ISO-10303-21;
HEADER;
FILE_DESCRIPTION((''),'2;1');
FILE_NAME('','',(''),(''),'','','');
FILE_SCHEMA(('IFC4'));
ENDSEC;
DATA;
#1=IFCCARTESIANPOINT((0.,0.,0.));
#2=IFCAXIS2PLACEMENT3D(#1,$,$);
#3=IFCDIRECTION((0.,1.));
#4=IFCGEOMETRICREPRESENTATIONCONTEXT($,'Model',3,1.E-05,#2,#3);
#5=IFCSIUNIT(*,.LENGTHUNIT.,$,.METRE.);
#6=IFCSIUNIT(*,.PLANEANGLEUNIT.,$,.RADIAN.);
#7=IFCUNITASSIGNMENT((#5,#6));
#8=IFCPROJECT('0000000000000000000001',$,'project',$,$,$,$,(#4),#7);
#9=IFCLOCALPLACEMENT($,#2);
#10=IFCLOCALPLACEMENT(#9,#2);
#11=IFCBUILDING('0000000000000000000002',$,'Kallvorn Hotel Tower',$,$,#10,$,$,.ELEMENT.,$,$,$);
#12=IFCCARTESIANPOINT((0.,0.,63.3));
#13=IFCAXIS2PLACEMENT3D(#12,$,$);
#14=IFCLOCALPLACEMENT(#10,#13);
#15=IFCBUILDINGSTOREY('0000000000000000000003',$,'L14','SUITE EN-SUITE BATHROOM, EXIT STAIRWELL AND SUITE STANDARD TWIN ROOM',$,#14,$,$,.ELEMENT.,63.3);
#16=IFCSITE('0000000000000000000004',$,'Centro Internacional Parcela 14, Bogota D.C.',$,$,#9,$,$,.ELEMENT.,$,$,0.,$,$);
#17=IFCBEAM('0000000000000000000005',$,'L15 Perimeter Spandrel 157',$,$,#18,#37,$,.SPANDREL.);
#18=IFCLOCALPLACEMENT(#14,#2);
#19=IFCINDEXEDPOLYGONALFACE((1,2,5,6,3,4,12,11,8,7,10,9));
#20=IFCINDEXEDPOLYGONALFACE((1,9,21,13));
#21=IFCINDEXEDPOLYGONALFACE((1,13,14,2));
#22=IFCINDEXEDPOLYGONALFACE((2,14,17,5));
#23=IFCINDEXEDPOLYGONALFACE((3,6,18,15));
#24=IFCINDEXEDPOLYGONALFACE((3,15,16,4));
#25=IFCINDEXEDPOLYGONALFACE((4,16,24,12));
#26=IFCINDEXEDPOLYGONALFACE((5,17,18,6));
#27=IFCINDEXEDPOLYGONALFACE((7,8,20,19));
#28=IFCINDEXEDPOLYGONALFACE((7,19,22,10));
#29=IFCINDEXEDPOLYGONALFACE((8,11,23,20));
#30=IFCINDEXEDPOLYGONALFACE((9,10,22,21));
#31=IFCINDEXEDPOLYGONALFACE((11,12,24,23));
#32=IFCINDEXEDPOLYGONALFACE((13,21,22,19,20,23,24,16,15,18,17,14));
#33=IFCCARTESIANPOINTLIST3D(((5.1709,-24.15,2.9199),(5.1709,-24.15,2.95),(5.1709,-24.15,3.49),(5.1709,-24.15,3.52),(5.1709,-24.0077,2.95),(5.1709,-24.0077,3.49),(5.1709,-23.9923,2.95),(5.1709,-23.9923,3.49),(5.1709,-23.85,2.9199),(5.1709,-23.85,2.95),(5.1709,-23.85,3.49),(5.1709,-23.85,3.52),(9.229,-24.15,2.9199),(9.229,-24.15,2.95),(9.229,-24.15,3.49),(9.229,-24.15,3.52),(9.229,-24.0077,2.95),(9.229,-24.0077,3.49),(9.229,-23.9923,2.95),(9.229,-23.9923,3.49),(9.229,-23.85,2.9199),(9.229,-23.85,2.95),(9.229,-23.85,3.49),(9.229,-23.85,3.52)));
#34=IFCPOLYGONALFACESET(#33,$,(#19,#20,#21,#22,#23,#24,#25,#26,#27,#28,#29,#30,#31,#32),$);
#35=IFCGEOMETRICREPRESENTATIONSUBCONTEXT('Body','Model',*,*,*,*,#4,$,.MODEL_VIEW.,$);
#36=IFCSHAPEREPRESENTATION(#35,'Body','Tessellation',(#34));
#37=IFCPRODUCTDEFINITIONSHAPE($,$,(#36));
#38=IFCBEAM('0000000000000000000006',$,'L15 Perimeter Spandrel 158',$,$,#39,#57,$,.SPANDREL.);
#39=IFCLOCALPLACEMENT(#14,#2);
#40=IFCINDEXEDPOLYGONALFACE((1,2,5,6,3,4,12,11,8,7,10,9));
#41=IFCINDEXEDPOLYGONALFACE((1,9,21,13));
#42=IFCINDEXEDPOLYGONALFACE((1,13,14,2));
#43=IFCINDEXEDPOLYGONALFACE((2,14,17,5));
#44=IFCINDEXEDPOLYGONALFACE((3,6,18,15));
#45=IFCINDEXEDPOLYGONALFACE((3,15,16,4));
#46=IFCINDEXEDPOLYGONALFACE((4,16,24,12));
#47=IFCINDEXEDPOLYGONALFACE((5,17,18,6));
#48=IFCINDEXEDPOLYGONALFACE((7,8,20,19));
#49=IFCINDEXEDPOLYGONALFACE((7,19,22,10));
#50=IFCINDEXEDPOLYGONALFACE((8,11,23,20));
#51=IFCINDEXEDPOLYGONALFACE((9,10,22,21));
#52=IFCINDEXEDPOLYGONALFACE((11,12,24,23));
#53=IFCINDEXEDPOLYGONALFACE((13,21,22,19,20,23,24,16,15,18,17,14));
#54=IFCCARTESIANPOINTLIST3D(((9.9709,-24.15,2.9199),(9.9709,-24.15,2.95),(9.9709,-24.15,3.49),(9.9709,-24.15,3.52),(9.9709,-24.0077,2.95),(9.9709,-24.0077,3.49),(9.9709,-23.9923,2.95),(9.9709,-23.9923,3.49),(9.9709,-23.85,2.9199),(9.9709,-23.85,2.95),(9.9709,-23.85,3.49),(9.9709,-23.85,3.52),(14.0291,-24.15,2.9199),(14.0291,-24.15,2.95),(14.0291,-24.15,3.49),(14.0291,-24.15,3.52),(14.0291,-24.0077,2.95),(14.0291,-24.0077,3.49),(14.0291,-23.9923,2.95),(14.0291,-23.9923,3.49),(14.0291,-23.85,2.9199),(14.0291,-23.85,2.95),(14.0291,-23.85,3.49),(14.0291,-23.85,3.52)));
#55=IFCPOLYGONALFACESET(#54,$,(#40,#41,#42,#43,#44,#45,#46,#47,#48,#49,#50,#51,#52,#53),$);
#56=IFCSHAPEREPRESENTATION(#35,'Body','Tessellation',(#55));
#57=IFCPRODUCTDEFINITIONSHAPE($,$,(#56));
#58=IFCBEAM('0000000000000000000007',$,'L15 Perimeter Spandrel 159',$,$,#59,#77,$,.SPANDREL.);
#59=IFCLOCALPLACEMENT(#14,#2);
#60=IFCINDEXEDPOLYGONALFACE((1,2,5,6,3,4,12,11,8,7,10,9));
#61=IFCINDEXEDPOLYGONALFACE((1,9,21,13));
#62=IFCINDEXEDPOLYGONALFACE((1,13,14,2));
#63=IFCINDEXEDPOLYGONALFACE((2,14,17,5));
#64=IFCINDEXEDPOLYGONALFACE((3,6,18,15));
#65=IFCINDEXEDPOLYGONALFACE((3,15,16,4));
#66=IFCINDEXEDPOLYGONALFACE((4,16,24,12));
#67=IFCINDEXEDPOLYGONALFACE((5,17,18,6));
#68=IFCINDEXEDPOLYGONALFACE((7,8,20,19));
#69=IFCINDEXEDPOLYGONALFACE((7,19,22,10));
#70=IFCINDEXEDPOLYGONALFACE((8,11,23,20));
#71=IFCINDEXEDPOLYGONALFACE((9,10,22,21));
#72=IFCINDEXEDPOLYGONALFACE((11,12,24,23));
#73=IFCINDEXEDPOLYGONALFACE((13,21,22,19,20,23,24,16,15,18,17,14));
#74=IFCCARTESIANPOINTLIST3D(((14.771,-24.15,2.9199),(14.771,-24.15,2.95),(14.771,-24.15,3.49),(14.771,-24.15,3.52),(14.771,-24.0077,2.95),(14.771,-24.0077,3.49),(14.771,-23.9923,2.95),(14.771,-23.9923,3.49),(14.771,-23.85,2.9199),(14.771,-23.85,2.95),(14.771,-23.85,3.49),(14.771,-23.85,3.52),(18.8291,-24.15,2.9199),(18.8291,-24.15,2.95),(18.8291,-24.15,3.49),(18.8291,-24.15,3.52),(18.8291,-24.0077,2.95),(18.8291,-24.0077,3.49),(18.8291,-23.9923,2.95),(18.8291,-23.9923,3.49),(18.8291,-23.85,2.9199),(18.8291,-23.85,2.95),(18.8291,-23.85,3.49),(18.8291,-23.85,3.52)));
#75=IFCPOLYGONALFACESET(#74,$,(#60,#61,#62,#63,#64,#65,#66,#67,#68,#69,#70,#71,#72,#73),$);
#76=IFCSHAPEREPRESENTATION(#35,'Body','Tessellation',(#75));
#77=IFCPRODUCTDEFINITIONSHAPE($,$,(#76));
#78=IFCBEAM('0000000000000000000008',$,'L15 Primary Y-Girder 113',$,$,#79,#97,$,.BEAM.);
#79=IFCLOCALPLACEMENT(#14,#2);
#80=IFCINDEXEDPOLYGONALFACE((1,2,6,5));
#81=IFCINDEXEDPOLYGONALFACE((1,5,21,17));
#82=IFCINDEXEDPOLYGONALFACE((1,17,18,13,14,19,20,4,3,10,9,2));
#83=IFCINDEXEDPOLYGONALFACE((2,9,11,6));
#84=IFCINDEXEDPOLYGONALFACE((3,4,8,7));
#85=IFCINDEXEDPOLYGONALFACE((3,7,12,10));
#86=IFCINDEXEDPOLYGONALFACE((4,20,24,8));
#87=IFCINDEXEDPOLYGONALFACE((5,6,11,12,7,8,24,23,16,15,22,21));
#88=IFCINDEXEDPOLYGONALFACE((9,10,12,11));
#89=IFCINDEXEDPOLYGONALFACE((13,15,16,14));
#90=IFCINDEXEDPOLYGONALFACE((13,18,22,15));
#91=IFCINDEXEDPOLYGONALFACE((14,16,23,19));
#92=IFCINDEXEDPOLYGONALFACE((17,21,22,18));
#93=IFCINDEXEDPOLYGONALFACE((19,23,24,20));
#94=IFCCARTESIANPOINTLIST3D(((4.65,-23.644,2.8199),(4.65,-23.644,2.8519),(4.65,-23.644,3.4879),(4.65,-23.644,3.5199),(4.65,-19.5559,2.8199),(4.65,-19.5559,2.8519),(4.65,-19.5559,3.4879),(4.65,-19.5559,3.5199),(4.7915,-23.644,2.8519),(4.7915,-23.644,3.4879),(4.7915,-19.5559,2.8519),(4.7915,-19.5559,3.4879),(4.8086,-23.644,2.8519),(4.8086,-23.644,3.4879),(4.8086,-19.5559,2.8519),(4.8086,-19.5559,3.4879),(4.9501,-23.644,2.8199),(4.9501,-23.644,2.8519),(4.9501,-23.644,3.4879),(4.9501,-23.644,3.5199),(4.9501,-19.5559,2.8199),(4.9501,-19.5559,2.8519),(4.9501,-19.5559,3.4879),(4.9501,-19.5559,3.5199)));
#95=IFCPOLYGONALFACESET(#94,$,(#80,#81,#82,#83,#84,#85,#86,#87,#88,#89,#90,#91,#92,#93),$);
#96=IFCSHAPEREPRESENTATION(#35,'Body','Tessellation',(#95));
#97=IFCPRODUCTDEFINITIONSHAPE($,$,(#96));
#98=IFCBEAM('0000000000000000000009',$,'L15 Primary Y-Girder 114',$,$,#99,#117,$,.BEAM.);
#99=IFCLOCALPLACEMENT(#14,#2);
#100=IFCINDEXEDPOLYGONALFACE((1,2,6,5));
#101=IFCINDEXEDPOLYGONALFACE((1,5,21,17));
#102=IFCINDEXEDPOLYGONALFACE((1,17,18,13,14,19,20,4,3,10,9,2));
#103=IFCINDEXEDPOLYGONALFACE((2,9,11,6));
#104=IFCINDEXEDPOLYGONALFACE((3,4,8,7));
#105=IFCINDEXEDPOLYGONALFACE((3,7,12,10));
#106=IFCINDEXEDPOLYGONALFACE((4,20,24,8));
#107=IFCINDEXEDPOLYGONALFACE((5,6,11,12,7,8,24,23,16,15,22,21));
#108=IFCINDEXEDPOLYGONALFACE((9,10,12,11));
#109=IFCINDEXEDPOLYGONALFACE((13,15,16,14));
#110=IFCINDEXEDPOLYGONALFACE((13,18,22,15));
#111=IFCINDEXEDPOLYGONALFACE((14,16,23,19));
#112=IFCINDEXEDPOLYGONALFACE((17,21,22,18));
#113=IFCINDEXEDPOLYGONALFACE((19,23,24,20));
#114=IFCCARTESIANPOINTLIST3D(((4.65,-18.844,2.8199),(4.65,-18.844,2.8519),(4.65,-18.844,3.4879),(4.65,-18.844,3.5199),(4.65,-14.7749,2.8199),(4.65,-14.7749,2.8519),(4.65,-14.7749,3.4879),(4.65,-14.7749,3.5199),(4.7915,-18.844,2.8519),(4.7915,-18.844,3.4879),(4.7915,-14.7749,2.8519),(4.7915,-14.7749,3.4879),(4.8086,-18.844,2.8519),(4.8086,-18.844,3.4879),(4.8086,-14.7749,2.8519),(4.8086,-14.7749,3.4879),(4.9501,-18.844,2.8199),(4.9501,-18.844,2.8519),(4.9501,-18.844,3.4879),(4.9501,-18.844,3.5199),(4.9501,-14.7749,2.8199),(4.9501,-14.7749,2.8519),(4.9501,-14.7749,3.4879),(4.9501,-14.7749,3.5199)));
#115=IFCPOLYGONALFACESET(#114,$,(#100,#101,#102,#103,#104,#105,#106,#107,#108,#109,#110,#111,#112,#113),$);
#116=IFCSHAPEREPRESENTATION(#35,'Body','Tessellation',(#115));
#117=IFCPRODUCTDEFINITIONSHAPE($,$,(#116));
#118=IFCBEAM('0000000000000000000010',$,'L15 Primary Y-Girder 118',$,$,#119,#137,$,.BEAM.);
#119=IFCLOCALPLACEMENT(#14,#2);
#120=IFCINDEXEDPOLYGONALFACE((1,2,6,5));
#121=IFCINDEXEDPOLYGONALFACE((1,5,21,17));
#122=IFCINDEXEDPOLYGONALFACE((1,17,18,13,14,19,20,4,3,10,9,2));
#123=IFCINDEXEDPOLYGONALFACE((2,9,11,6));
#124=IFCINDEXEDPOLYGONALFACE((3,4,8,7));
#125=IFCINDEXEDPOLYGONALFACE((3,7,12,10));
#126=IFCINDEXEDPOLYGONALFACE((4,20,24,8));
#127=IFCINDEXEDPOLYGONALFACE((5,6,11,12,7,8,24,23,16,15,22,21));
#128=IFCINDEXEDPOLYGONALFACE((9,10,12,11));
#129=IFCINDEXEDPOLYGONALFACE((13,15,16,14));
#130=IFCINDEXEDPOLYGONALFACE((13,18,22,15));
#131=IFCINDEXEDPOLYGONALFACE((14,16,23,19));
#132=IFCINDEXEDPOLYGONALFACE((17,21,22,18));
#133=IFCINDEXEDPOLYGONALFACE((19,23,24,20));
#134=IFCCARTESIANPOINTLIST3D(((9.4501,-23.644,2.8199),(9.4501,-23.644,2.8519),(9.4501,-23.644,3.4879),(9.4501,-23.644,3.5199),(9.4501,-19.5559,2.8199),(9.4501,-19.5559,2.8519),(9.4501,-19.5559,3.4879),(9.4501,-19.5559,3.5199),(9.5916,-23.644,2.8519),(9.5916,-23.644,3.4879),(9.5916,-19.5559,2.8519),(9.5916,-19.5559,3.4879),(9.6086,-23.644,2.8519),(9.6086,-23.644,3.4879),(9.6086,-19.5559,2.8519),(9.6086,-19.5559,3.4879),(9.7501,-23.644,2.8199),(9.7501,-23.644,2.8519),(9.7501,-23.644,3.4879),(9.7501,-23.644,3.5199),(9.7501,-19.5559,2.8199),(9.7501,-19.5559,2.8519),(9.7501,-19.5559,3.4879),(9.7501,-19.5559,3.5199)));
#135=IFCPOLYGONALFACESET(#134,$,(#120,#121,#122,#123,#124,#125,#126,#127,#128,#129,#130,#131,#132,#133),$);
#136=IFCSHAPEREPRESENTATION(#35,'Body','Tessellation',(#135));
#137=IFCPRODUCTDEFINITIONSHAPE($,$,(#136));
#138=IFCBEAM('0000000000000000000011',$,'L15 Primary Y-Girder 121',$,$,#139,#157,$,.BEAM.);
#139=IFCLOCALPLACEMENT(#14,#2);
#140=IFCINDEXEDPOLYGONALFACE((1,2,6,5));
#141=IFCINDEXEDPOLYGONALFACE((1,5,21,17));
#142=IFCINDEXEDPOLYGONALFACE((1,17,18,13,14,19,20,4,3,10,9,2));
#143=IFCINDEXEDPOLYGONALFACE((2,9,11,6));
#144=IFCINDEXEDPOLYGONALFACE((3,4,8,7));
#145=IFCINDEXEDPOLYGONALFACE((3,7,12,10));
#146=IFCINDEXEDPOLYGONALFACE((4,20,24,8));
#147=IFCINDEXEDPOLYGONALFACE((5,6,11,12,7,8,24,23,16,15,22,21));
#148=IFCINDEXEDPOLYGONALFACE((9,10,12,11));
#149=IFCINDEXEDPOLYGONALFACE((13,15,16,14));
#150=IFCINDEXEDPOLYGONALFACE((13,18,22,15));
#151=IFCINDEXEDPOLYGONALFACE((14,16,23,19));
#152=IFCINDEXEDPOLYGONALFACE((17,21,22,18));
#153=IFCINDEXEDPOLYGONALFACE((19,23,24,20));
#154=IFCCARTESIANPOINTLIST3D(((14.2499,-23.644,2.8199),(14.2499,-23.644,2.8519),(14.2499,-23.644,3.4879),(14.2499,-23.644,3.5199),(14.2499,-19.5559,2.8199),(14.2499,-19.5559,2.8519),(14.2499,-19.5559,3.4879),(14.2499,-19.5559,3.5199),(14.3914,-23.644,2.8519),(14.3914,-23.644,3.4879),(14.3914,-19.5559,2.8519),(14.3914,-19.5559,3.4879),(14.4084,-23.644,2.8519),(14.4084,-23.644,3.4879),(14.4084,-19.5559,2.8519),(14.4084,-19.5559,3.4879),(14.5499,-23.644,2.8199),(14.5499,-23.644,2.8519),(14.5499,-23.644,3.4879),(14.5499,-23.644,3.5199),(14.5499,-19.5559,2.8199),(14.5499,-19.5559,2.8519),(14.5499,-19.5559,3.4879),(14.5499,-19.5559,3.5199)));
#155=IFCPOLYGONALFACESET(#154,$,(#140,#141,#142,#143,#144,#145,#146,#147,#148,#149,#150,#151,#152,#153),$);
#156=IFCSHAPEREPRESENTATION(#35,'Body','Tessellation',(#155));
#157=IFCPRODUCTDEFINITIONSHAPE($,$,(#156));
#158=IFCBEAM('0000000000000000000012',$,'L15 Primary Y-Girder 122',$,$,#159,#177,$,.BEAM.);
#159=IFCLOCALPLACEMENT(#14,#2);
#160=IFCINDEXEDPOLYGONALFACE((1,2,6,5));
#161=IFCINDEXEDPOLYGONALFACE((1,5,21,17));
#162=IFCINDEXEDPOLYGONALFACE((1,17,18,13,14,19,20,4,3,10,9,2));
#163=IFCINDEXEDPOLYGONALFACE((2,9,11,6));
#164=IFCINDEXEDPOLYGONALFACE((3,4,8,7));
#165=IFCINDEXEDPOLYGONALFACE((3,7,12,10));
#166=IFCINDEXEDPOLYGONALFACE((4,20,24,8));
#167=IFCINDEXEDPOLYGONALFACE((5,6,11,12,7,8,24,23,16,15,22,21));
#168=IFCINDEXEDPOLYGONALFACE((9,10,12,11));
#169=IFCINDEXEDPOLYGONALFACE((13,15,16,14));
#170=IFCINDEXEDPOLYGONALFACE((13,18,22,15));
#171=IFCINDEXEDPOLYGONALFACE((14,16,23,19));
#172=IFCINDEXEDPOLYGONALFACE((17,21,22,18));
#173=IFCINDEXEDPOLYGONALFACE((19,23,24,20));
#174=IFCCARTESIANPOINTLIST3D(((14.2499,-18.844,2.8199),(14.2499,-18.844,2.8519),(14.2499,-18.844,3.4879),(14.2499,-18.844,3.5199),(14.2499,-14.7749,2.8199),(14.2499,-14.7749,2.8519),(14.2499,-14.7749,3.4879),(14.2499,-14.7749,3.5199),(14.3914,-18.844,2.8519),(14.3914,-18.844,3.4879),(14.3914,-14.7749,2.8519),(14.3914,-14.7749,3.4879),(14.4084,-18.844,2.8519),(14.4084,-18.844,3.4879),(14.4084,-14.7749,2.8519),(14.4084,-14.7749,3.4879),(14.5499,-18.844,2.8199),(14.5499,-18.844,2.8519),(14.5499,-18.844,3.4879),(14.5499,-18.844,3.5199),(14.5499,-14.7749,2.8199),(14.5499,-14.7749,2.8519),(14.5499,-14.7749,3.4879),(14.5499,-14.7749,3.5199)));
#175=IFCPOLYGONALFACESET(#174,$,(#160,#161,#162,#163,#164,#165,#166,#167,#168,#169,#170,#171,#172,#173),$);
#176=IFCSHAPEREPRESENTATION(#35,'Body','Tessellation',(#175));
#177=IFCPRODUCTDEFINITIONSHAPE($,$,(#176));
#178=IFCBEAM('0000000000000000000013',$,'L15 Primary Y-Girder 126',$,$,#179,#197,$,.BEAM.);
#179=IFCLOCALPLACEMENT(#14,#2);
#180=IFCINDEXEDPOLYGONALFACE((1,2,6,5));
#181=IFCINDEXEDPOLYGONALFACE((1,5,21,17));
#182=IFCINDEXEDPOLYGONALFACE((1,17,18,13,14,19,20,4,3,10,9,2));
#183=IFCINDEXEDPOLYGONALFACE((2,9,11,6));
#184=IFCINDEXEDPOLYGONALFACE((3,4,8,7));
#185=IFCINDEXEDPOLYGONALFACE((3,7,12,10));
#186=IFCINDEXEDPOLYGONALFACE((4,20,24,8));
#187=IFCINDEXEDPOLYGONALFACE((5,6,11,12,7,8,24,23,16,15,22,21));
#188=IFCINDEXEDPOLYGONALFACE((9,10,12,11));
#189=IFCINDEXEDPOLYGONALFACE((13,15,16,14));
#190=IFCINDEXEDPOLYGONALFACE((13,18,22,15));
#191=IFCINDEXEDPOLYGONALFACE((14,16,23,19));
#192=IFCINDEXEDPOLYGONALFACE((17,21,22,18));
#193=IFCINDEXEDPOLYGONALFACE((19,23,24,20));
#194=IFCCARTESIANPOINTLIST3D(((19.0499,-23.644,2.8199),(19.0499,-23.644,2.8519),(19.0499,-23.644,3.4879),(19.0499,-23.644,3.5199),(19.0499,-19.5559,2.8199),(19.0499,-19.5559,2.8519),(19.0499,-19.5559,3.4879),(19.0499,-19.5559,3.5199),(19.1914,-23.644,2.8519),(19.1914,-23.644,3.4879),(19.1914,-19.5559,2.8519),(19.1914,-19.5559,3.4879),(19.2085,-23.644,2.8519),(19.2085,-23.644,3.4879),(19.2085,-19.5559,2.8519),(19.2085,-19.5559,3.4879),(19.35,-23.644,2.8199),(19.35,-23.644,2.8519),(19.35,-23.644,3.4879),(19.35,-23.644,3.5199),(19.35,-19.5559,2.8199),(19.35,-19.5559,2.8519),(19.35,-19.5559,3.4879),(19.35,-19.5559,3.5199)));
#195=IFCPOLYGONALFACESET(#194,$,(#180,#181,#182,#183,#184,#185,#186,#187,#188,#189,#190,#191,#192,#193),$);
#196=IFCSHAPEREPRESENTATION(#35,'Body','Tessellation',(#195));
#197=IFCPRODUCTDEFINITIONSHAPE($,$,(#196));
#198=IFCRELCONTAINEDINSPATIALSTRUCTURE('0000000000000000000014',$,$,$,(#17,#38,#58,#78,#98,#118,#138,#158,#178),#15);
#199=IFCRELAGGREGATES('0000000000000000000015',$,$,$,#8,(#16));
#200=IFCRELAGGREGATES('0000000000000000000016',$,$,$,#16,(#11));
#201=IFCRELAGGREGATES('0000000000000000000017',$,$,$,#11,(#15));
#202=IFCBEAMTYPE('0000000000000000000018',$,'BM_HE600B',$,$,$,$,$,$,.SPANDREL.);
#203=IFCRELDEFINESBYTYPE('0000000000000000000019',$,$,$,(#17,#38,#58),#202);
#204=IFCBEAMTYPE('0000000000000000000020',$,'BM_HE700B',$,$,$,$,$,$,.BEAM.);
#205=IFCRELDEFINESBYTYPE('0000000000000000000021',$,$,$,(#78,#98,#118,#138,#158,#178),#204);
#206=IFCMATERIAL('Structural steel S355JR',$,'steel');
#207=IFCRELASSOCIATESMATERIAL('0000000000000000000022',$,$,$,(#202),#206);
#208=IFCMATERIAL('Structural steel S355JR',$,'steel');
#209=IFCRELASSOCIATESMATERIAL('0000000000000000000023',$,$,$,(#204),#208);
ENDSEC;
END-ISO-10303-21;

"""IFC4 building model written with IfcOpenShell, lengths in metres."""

from ifc_helpers import new_model, si_unit, direction, frame, origin, origin_2d, place, context, subcontext, project, spatial, i_section, extrude, material, material_profile, profile_set, type_object, element, save


model = new_model("IFC4")

# Units and contexts
model_context = context("Model", 3, precision=1e-05, world=origin(), true_north=direction((0.0, 1.0)))
body_context = subcontext(model_context, "Body", "Model", "MODEL_VIEW")
ifc_project = project(units=[si_unit("LENGTHUNIT", "METRE"), si_unit("PLANEANGLEUNIT", "RADIAN")], contexts=[model_context])

# Site, building, storey
site_placement = place(None, origin())
site = spatial("IfcSite", under=ifc_project, at=site_placement, Name="Centro Internacional Parcela 14, Bogota D.C.", CompositionType="ELEMENT", RefElevation=0.0)
building_placement = place(site_placement, origin())
building = spatial("IfcBuilding", under=site, at=building_placement, Name="Kallvorn Hotel Tower", CompositionType="ELEMENT")
storey_placement = place(building_placement, frame((0.0, 0.0, 63.3)))
storey = spatial("IfcBuildingStorey", under=building, at=storey_placement, Name="L14", Description="SUITE EN-SUITE BATHROOM, EXIT STAIRWELL AND SUITE STANDARD TWIN ROOM", CompositionType="ELEMENT", Elevation=63.3)

# Beams
ifc_material_1 = material(Name="Structural steel S355JR", Category="steel")
ifc_material_profile_1 = material_profile(ifc_material_1, i_section(OverallWidth=0.3, OverallDepth=0.6001, WebThickness=0.0154, FlangeThickness=0.03, at=origin_2d()), Name="HE 600 B")
ifc_profile_set_1 = profile_set([ifc_material_profile_1], Name="Structural steel S355JR")
beam_type_1 = type_object("IfcBeamType", Name="BM_HE600B", PredefinedType="SPANDREL", material=ifc_profile_set_1)
for number, where, z_axis, x_axis, name in (
    (1, (5.1709, -24.0, 3.22), (1.0, 0.0, 0.0), (0.0, 1.0, 0.0), "L15 Perimeter Spandrel 157"),
    (2, (9.9709, -24.0, 3.22), (1.0, 0.0, 0.0), (0.0, 1.0, 0.0), "L15 Perimeter Spandrel 158"),
    (3, (14.771, -24.0, 3.22), (1.0, 0.0, 0.0), (0.0, 1.0, 0.0), "L15 Perimeter Spandrel 159"),
):
    element("IfcBeam", number, at=place(storey_placement, frame(where, z_axis=z_axis, x_axis=x_axis)), inside=storey, type_object=beam_type_1, Name=name, PredefinedType="SPANDREL", context=body_context, shape_type="SweptSolid", body=[
        extrude(i_section(OverallWidth=0.3, OverallDepth=0.6001, WebThickness=0.0154, FlangeThickness=0.03, at=origin_2d()), origin(), (0.0, 0.0, 1.0), 4.0581),
    ])
ifc_material_2 = material(Name="Structural steel S355JR", Category="steel")
ifc_material_profile_2 = material_profile(ifc_material_2, i_section(OverallWidth=0.3, OverallDepth=0.7, WebThickness=0.0171, FlangeThickness=0.032, at=origin_2d()), Name="HE 700 B")
ifc_profile_set_2 = profile_set([ifc_material_profile_2], Name="Structural steel S355JR")
beam_type_2 = type_object("IfcBeamType", Name="BM_HE700B", PredefinedType="BEAM", material=ifc_profile_set_2)
beam_1_placement = place(storey_placement, frame((4.8, -23.644, 3.1699), z_axis=(0.0, 1.0, 0.0), x_axis=(-1.0, 0.0, 0.0)))
element("IfcBeam", 4, at=beam_1_placement, inside=storey, type_object=beam_type_2, Name="L15 Primary Y-Girder 113", PredefinedType="BEAM", context=body_context, shape_type="SweptSolid", body=[
    extrude(i_section(OverallWidth=0.3, OverallDepth=0.7, WebThickness=0.0171, FlangeThickness=0.032, at=origin_2d()), origin(), (0.0, 0.0, 1.0), 4.0881),
])
beam_2_placement = place(storey_placement, frame((4.8, -18.844, 3.1699), z_axis=(0.0, 1.0, 0.0), x_axis=(-1.0, 0.0, 0.0)))
element("IfcBeam", 5, at=beam_2_placement, inside=storey, type_object=beam_type_2, Name="L15 Primary Y-Girder 114", PredefinedType="BEAM", context=body_context, shape_type="SweptSolid", body=[
    extrude(i_section(OverallWidth=0.3, OverallDepth=0.7, WebThickness=0.0171, FlangeThickness=0.032, at=origin_2d()), origin(), (0.0, 0.0, 1.0), 4.0691),
])
for number, where, z_axis, x_axis, name in (
    (6, (9.6001, -23.644, 3.1699), (0.0, 1.0, 0.0), (-1.0, 0.0, 0.0), "L15 Primary Y-Girder 118"),
    (7, (14.3999, -23.644, 3.1699), (0.0, 1.0, 0.0), (-1.0, 0.0, 0.0), "L15 Primary Y-Girder 121"),
):
    element("IfcBeam", number, at=place(storey_placement, frame(where, z_axis=z_axis, x_axis=x_axis)), inside=storey, type_object=beam_type_2, Name=name, PredefinedType="BEAM", context=body_context, shape_type="SweptSolid", body=[
        extrude(i_section(OverallWidth=0.3, OverallDepth=0.7, WebThickness=0.0171, FlangeThickness=0.032, at=origin_2d()), origin(), (0.0, 0.0, 1.0), 4.0881),
    ])
beam_3_placement = place(storey_placement, frame((14.3999, -18.844, 3.1699), z_axis=(0.0, 1.0, 0.0), x_axis=(-1.0, 0.0, 0.0)))
element("IfcBeam", 8, at=beam_3_placement, inside=storey, type_object=beam_type_2, Name="L15 Primary Y-Girder 122", PredefinedType="BEAM", context=body_context, shape_type="SweptSolid", body=[
    extrude(i_section(OverallWidth=0.3, OverallDepth=0.7, WebThickness=0.0171, FlangeThickness=0.032, at=origin_2d()), origin(), (0.0, 0.0, 1.0), 4.0691),
])
beam_4_placement = place(storey_placement, frame((19.2, -23.644, 3.1699), z_axis=(0.0, 1.0, 0.0), x_axis=(-1.0, 0.0, 0.0)))
element("IfcBeam", 9, at=beam_4_placement, inside=storey, type_object=beam_type_2, Name="L15 Primary Y-Girder 126", PredefinedType="BEAM", context=body_context, shape_type="SweptSolid", body=[
    extrude(i_section(OverallWidth=0.3, OverallDepth=0.7, WebThickness=0.0171, FlangeThickness=0.032, at=origin_2d()), origin(), (0.0, 0.0, 1.0), 4.0881),
])

save(model, "model.ifc")
